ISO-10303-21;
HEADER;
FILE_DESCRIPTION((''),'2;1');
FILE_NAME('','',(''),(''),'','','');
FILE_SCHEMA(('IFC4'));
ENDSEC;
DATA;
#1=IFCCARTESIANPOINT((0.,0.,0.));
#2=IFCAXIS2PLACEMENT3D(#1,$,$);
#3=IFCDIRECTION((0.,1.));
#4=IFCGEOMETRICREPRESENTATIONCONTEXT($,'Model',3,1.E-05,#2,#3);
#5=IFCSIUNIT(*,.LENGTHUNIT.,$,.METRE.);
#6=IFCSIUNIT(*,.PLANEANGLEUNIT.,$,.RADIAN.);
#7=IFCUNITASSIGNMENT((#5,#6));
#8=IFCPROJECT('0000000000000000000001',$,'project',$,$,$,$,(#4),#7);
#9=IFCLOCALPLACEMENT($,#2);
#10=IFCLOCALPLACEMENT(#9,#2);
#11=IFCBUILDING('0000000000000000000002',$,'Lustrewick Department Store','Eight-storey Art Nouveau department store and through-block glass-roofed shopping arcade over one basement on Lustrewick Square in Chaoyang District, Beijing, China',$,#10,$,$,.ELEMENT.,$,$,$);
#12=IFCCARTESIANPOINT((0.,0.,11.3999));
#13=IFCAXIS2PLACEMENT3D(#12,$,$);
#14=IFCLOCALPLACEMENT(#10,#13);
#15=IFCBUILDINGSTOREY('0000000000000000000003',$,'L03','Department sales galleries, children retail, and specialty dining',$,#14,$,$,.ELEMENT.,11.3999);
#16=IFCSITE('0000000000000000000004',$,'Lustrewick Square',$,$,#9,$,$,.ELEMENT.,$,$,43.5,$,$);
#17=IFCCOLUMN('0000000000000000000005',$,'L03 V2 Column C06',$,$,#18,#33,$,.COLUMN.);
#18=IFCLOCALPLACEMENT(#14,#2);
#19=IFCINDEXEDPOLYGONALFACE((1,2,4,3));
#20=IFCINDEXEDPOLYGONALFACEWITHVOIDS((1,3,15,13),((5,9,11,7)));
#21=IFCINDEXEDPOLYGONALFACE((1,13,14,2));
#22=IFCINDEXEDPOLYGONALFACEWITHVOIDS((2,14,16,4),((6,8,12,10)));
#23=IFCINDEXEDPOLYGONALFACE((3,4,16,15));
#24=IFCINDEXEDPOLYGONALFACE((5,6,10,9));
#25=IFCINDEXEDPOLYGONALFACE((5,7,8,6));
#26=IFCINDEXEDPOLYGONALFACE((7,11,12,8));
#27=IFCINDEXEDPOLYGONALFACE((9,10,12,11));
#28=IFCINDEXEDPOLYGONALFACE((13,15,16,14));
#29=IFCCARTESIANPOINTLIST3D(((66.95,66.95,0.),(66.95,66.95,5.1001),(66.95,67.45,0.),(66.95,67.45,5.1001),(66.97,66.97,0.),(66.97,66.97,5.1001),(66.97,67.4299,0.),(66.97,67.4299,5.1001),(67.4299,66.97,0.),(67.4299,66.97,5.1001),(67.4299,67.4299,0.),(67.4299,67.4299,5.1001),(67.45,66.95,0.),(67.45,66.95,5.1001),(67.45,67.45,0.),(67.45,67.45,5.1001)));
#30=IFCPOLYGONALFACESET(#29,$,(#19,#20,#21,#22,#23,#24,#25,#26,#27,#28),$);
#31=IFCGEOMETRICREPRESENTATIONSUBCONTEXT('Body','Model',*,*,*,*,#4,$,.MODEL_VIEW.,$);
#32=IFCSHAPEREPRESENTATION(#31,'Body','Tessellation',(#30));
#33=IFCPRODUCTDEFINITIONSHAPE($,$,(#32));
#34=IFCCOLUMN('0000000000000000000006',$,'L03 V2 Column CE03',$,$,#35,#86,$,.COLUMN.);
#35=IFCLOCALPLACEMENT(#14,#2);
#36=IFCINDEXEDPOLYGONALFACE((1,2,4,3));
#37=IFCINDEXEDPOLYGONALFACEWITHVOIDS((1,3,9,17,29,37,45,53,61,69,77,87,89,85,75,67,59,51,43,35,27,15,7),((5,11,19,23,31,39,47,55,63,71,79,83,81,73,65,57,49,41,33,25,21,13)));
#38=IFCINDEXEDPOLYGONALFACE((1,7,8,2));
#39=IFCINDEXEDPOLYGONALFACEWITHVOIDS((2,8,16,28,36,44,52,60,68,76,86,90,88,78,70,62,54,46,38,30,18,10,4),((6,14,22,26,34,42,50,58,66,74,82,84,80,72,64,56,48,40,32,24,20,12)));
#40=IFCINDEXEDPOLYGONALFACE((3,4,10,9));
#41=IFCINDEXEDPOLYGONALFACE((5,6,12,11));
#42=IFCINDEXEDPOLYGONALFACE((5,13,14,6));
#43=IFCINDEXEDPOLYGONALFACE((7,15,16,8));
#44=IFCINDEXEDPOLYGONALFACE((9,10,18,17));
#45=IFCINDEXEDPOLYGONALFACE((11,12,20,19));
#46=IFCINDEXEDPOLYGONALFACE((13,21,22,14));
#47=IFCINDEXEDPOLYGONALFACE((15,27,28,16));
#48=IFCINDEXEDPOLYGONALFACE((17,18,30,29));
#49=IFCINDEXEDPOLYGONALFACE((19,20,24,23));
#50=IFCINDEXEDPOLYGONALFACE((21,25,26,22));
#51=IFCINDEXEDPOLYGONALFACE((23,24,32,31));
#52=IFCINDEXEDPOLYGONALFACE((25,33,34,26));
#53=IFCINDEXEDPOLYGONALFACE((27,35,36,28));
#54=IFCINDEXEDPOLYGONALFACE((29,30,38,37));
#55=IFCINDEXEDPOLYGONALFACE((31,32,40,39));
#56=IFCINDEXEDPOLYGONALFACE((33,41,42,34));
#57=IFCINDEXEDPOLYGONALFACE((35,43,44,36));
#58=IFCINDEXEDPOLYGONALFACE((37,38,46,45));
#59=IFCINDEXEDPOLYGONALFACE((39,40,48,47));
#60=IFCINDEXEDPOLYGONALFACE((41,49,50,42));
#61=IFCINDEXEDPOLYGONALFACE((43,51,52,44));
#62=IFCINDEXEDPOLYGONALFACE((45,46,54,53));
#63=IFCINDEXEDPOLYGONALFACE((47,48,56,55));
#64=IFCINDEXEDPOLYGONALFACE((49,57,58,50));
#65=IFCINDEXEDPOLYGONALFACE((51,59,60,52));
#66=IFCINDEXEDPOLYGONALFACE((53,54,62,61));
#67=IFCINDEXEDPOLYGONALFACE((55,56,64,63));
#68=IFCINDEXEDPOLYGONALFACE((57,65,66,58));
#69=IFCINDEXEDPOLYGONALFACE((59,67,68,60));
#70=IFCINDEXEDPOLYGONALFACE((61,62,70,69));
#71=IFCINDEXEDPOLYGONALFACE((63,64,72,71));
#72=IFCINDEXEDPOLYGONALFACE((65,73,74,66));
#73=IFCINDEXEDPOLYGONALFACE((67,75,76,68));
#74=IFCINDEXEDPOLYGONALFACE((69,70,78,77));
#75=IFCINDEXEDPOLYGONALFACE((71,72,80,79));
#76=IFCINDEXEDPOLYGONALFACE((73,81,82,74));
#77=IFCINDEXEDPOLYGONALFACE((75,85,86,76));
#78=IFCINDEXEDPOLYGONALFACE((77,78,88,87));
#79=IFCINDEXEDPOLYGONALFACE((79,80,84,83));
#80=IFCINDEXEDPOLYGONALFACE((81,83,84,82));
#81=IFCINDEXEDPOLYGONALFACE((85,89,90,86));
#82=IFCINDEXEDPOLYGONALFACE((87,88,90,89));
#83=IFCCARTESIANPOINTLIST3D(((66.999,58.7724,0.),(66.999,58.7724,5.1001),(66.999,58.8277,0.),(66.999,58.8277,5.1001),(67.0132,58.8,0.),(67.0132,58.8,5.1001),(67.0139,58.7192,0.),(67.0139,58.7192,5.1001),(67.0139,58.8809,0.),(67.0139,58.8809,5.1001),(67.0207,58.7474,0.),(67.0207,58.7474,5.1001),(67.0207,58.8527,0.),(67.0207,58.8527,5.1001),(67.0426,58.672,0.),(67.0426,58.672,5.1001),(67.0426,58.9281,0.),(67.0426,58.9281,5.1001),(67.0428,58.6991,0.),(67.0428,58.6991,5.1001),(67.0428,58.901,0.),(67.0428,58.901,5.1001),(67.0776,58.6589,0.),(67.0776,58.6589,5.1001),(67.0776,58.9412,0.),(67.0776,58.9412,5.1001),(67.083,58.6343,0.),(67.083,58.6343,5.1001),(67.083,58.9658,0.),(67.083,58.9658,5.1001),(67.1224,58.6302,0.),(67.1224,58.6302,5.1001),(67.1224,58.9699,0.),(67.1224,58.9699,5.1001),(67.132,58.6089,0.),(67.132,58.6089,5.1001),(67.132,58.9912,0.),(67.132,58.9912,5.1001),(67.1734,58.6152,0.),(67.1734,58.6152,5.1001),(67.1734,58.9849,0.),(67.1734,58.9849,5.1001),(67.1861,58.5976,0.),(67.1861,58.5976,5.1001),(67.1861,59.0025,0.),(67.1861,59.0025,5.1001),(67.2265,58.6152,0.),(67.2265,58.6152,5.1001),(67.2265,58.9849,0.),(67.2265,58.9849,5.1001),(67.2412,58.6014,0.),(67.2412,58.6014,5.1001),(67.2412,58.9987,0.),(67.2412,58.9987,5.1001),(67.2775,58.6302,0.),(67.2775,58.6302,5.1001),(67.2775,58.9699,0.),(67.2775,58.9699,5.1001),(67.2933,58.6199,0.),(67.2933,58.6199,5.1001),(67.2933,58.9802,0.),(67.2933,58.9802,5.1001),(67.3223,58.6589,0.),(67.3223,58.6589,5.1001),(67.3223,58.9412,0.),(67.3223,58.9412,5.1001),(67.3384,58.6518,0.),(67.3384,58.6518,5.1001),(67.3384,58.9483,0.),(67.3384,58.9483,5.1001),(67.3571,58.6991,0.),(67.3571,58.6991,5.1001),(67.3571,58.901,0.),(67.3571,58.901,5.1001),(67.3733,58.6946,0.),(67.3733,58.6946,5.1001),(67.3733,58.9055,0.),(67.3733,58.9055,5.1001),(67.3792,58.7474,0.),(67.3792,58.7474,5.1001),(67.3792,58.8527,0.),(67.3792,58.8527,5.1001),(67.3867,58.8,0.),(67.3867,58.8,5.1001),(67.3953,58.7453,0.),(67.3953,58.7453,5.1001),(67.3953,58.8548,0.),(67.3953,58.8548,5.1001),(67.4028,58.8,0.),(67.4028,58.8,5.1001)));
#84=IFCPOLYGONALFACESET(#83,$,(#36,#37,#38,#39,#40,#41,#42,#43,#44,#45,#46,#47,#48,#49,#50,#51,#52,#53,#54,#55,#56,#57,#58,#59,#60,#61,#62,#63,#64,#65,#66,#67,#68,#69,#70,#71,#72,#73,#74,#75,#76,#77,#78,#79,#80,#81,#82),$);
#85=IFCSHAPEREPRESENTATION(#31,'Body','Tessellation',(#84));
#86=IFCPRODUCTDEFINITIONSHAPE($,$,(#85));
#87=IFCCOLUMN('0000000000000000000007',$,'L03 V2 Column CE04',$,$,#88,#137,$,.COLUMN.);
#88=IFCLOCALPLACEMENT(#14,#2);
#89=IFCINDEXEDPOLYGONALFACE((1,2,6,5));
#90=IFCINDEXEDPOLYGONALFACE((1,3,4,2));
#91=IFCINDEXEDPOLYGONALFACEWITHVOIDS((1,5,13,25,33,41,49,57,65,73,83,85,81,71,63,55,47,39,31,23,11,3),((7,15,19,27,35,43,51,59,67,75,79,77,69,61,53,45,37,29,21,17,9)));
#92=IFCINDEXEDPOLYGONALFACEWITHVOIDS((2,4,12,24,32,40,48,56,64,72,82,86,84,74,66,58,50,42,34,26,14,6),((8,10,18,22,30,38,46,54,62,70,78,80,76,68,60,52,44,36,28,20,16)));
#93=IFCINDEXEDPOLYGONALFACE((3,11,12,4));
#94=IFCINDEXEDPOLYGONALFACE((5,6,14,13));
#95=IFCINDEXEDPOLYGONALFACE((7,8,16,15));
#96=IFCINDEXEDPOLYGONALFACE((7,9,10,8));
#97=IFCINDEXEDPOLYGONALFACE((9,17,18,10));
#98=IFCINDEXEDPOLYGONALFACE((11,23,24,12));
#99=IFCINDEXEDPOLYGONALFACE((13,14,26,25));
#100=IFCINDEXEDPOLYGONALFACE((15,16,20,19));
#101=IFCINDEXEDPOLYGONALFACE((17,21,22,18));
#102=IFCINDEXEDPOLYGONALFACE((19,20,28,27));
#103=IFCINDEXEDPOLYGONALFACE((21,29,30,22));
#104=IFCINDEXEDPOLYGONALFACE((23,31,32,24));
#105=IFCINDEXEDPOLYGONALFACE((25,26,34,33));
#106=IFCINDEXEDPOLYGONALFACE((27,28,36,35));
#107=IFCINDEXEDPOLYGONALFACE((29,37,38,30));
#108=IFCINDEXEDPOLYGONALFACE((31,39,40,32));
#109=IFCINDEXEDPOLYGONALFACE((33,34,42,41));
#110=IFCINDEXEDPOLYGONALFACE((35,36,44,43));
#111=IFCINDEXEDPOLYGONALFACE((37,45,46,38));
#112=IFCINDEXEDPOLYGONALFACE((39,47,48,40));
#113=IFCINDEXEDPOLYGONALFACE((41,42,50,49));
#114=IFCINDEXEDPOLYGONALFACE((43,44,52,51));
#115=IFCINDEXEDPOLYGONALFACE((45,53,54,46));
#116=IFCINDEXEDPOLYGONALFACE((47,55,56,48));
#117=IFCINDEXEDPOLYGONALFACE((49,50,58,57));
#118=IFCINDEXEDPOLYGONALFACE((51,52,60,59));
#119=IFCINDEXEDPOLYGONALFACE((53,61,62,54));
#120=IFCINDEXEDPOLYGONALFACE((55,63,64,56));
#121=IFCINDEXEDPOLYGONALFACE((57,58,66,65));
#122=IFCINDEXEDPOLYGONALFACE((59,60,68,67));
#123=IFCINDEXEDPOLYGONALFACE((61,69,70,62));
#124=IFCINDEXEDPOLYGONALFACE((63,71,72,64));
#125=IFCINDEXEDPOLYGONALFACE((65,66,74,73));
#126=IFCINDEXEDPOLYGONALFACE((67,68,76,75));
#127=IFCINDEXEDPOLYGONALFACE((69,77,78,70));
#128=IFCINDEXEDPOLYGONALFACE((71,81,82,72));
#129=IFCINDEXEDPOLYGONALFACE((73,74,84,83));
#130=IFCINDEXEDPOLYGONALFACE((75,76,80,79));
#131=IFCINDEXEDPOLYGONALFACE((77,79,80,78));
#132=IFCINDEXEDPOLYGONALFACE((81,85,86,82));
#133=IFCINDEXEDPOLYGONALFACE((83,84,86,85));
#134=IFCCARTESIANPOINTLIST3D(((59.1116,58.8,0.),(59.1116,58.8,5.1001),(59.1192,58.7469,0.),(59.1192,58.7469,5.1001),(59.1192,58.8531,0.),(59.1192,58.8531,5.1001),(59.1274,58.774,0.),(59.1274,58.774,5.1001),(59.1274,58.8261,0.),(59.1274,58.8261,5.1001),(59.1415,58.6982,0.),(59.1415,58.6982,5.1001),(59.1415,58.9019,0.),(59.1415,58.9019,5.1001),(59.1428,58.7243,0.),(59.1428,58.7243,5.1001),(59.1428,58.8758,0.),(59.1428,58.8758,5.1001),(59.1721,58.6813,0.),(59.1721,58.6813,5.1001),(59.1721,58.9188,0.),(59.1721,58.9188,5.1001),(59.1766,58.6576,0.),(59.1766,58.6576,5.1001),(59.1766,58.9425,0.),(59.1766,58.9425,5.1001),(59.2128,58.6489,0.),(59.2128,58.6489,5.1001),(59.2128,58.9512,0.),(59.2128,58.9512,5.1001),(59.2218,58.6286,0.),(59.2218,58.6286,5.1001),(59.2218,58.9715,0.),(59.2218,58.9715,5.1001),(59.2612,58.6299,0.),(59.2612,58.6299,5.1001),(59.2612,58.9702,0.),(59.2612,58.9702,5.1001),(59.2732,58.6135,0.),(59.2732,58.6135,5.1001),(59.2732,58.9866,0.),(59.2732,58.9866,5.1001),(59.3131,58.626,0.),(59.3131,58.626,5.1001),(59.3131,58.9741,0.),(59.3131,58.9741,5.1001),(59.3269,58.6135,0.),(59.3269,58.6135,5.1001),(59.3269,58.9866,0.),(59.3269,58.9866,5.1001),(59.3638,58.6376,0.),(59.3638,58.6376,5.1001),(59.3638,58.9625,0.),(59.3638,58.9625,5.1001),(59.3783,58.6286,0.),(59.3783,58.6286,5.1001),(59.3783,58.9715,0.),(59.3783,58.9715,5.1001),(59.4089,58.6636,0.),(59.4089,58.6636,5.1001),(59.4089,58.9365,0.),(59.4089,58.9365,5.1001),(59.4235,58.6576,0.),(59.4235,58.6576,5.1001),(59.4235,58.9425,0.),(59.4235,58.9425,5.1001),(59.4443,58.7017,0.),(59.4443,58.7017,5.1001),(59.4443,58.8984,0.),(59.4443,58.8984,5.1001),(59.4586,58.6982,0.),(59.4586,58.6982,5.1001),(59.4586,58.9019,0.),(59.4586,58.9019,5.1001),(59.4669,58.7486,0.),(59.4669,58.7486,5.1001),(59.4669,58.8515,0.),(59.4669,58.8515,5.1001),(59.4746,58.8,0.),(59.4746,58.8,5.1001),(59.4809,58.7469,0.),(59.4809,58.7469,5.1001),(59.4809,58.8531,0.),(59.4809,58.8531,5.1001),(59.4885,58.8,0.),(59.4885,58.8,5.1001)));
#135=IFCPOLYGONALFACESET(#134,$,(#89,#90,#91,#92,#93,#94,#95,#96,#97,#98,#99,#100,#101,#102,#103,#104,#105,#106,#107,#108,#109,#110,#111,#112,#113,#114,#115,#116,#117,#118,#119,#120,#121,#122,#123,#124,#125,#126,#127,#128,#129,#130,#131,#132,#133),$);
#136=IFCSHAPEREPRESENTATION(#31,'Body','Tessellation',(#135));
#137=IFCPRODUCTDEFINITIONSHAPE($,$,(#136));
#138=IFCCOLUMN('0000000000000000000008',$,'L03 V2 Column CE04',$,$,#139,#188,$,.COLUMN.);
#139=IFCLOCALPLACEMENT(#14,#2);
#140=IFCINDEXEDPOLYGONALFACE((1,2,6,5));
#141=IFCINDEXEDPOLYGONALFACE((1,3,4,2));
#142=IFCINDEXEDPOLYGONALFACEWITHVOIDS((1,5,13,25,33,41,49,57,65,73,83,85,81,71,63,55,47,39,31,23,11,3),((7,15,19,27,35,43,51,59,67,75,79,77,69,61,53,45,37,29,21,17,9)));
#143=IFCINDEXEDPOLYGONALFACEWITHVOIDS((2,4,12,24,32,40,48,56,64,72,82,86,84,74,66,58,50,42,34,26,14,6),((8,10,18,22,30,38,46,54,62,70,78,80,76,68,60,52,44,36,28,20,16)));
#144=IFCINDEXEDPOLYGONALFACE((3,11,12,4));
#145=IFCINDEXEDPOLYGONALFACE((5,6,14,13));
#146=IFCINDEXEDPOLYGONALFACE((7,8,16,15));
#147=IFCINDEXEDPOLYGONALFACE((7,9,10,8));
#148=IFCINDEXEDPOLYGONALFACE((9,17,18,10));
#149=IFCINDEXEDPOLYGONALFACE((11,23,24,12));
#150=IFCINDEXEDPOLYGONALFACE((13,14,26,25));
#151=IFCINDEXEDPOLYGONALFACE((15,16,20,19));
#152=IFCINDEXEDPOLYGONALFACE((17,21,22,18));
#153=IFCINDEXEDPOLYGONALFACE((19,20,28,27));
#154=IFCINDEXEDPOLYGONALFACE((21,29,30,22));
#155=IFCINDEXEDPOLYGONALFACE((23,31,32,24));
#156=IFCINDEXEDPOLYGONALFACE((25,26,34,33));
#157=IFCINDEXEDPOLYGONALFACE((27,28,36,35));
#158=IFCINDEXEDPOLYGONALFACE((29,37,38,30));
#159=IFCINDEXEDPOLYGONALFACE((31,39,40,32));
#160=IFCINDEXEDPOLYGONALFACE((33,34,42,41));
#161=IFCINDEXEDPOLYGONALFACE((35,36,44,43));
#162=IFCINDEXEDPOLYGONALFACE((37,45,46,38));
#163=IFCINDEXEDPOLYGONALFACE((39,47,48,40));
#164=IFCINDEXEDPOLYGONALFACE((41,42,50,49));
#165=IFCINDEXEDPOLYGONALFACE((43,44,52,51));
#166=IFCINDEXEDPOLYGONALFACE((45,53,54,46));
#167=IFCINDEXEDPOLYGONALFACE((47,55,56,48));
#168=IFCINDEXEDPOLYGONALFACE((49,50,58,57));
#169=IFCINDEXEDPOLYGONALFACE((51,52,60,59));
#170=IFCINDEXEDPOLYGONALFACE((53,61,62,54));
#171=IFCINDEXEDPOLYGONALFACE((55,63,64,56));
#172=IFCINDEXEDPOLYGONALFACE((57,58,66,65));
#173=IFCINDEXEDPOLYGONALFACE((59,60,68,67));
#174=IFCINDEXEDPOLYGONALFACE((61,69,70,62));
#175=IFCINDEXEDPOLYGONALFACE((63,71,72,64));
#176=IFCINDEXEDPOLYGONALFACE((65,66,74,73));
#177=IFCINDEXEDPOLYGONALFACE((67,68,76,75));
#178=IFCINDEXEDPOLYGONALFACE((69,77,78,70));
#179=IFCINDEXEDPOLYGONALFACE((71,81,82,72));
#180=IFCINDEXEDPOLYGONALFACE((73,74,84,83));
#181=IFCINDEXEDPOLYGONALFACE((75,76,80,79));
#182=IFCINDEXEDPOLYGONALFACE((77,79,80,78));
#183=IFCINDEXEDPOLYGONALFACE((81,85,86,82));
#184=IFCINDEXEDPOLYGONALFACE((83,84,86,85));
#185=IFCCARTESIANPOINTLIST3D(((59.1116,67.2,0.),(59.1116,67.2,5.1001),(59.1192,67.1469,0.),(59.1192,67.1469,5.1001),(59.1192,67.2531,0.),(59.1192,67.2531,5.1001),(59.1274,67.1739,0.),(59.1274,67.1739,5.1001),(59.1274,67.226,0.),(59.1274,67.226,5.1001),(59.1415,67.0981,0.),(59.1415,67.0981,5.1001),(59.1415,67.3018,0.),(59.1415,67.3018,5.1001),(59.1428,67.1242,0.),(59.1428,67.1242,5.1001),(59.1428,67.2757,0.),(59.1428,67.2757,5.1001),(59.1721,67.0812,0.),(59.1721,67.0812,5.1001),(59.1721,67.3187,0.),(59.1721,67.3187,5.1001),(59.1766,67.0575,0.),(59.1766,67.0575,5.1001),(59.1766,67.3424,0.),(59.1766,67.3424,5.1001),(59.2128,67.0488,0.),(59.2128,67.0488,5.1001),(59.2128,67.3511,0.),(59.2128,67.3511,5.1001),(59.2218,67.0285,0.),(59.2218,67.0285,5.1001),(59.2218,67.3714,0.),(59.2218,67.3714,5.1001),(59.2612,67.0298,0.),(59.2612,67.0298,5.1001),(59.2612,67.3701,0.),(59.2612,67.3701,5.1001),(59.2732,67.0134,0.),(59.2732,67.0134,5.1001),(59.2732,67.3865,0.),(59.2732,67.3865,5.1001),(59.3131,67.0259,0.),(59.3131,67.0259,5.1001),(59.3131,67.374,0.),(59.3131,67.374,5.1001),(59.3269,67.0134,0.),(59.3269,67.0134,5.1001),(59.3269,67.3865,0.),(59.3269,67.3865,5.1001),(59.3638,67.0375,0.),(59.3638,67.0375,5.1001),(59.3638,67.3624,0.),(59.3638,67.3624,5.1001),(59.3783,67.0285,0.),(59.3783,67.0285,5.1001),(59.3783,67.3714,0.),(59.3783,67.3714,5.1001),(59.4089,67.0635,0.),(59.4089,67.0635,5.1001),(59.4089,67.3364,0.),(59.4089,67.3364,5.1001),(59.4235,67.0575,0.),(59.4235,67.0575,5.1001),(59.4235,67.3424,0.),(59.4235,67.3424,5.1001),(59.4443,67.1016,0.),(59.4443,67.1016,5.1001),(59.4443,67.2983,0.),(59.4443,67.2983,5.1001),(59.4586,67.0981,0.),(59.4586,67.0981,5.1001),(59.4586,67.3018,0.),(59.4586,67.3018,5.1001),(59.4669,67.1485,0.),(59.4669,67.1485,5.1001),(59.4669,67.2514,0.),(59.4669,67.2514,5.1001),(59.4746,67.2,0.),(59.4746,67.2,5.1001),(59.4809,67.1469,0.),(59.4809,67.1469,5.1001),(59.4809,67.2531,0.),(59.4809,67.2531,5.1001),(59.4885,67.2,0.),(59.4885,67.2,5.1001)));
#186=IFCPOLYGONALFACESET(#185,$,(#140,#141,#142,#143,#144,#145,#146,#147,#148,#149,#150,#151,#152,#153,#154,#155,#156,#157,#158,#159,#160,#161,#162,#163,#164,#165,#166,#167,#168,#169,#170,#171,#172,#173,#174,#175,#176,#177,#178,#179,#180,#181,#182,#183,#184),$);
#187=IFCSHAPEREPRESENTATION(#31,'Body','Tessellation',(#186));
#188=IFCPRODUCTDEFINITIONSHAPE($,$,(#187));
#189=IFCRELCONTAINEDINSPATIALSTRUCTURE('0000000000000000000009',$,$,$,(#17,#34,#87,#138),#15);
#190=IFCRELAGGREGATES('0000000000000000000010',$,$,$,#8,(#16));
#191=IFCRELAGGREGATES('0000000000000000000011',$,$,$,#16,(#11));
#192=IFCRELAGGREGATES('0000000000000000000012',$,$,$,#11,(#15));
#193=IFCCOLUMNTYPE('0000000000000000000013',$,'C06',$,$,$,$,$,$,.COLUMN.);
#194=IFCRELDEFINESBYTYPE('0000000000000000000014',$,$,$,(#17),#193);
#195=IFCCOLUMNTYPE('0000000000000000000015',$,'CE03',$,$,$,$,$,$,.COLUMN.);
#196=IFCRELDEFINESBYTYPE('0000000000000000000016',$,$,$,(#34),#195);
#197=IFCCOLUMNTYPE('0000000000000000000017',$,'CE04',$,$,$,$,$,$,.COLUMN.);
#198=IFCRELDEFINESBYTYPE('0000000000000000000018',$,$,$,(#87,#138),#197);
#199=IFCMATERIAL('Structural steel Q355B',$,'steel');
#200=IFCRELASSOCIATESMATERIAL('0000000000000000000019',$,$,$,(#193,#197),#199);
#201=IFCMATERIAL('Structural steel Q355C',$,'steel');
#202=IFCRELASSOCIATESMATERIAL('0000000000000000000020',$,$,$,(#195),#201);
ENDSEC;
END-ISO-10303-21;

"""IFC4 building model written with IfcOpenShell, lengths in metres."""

from ifc_helpers import new_model, si_unit, direction, frame, origin, origin_2d, place, context, subcontext, project, spatial, hollow_rectangle, hollow_circle, extrude, material, material_profile, profile_set, type_object, element, save


model = new_model("IFC4")

# Units and contexts
model_context = context("Model", 3, precision=1e-05, world=origin(), true_north=direction((0.0, 1.0)))
body_context = subcontext(model_context, "Body", "Model", "MODEL_VIEW")
ifc_project = project(units=[si_unit("LENGTHUNIT", "METRE"), si_unit("PLANEANGLEUNIT", "RADIAN")], contexts=[model_context])

# Site, building, storey
site_placement = place(None, origin())
site = spatial("IfcSite", under=ifc_project, at=site_placement, Name="Lustrewick Square", CompositionType="ELEMENT", RefElevation=43.5)
building_placement = place(site_placement, origin())
building = spatial("IfcBuilding", under=site, at=building_placement, Name="Lustrewick Department Store", Description="Eight-storey Art Nouveau department store and through-block glass-roofed shopping arcade over one basement on Lustrewick Square in Chaoyang District, Beijing, China", CompositionType="ELEMENT")
storey_placement = place(building_placement, frame((0.0, 0.0, 11.3999)))
storey = spatial("IfcBuildingStorey", under=building, at=storey_placement, Name="L03", Description="Department sales galleries, children retail, and specialty dining", CompositionType="ELEMENT", Elevation=11.3999)

# Columns
ifc_material_1 = material(Name="Structural steel Q355B", Category="steel")
ifc_material_profile_1 = material_profile(ifc_material_1, hollow_rectangle(XDim=0.5, YDim=0.5, WallThickness=0.02, at=origin_2d()), Name="BOX 500x500x20")
ifc_profile_set_1 = profile_set([ifc_material_profile_1], Name="Structural steel Q355B")
column_type_1 = type_object("IfcColumnType", Name="C06", PredefinedType="COLUMN", material=ifc_profile_set_1)
column_1_placement = place(storey_placement, frame((67.2, 67.2, 0.0), z_axis=(0.0, 0.0, 1.0), x_axis=(1.0, 0.0, 0.0)))
element("IfcColumn", 1, at=column_1_placement, inside=storey, type_object=column_type_1, Name="L03 V2 Column C06", PredefinedType="COLUMN", context=body_context, shape_type="SweptSolid", body=[
    extrude(hollow_rectangle(XDim=0.5, YDim=0.5, WallThickness=0.02, at=origin_2d()), origin(), (0.0, 0.0, 1.0), 5.1001),
])
ifc_material_2 = material(Name="Structural steel Q355C", Category="steel")
ifc_material_profile_2 = material_profile(ifc_material_2, hollow_circle(Radius=0.2029, WallThickness=0.0161, at=origin_2d()), Name="CHS 406x16")
ifc_profile_set_2 = profile_set([ifc_material_profile_2], Name="Structural steel Q355C")
column_type_2 = type_object("IfcColumnType", Name="CE03", PredefinedType="COLUMN", material=ifc_profile_set_2)
column_2_placement = place(storey_placement, frame((67.2, 58.8, 0.0), z_axis=(0.0, 0.0, 1.0), x_axis=(1.0, 0.0, 0.0)))
element("IfcColumn", 2, at=column_2_placement, inside=storey, type_object=column_type_2, Name="L03 V2 Column CE03", PredefinedType="COLUMN", context=body_context, shape_type="SweptSolid", body=[
    extrude(hollow_circle(Radius=0.2029, WallThickness=0.0161, at=origin_2d()), origin(), (0.0, 0.0, 1.0), 5.1001),
])
ifc_material_profile_3 = material_profile(ifc_material_1, hollow_circle(Radius=0.1885, WallThickness=0.0139, at=origin_2d()), Name="CHS 377x14")
ifc_profile_set_3 = profile_set([ifc_material_profile_3], Name="Structural steel Q355B")
column_type_3 = type_object("IfcColumnType", Name="CE04", PredefinedType="COLUMN", material=ifc_profile_set_3)
for number, where, z_axis, x_axis, name in (
    (3, (59.3, 58.8, 0.0), (0.0, 0.0, 1.0), (1.0, 0.0, 0.0), "L03 V2 Column CE04"),
    (4, (59.3, 67.2, 0.0), (0.0, 0.0, 1.0), (1.0, 0.0, 0.0), "L03 V2 Column CE04"),
):
    element("IfcColumn", number, at=place(storey_placement, frame(where, z_axis=z_axis, x_axis=x_axis)), inside=storey, type_object=column_type_3, Name=name, PredefinedType="COLUMN", context=body_context, shape_type="SweptSolid", body=[
        extrude(hollow_circle(Radius=0.1885, WallThickness=0.0139, at=origin_2d()), origin(), (0.0, 0.0, 1.0), 5.1001),
    ])

save(model, "model.ifc")
